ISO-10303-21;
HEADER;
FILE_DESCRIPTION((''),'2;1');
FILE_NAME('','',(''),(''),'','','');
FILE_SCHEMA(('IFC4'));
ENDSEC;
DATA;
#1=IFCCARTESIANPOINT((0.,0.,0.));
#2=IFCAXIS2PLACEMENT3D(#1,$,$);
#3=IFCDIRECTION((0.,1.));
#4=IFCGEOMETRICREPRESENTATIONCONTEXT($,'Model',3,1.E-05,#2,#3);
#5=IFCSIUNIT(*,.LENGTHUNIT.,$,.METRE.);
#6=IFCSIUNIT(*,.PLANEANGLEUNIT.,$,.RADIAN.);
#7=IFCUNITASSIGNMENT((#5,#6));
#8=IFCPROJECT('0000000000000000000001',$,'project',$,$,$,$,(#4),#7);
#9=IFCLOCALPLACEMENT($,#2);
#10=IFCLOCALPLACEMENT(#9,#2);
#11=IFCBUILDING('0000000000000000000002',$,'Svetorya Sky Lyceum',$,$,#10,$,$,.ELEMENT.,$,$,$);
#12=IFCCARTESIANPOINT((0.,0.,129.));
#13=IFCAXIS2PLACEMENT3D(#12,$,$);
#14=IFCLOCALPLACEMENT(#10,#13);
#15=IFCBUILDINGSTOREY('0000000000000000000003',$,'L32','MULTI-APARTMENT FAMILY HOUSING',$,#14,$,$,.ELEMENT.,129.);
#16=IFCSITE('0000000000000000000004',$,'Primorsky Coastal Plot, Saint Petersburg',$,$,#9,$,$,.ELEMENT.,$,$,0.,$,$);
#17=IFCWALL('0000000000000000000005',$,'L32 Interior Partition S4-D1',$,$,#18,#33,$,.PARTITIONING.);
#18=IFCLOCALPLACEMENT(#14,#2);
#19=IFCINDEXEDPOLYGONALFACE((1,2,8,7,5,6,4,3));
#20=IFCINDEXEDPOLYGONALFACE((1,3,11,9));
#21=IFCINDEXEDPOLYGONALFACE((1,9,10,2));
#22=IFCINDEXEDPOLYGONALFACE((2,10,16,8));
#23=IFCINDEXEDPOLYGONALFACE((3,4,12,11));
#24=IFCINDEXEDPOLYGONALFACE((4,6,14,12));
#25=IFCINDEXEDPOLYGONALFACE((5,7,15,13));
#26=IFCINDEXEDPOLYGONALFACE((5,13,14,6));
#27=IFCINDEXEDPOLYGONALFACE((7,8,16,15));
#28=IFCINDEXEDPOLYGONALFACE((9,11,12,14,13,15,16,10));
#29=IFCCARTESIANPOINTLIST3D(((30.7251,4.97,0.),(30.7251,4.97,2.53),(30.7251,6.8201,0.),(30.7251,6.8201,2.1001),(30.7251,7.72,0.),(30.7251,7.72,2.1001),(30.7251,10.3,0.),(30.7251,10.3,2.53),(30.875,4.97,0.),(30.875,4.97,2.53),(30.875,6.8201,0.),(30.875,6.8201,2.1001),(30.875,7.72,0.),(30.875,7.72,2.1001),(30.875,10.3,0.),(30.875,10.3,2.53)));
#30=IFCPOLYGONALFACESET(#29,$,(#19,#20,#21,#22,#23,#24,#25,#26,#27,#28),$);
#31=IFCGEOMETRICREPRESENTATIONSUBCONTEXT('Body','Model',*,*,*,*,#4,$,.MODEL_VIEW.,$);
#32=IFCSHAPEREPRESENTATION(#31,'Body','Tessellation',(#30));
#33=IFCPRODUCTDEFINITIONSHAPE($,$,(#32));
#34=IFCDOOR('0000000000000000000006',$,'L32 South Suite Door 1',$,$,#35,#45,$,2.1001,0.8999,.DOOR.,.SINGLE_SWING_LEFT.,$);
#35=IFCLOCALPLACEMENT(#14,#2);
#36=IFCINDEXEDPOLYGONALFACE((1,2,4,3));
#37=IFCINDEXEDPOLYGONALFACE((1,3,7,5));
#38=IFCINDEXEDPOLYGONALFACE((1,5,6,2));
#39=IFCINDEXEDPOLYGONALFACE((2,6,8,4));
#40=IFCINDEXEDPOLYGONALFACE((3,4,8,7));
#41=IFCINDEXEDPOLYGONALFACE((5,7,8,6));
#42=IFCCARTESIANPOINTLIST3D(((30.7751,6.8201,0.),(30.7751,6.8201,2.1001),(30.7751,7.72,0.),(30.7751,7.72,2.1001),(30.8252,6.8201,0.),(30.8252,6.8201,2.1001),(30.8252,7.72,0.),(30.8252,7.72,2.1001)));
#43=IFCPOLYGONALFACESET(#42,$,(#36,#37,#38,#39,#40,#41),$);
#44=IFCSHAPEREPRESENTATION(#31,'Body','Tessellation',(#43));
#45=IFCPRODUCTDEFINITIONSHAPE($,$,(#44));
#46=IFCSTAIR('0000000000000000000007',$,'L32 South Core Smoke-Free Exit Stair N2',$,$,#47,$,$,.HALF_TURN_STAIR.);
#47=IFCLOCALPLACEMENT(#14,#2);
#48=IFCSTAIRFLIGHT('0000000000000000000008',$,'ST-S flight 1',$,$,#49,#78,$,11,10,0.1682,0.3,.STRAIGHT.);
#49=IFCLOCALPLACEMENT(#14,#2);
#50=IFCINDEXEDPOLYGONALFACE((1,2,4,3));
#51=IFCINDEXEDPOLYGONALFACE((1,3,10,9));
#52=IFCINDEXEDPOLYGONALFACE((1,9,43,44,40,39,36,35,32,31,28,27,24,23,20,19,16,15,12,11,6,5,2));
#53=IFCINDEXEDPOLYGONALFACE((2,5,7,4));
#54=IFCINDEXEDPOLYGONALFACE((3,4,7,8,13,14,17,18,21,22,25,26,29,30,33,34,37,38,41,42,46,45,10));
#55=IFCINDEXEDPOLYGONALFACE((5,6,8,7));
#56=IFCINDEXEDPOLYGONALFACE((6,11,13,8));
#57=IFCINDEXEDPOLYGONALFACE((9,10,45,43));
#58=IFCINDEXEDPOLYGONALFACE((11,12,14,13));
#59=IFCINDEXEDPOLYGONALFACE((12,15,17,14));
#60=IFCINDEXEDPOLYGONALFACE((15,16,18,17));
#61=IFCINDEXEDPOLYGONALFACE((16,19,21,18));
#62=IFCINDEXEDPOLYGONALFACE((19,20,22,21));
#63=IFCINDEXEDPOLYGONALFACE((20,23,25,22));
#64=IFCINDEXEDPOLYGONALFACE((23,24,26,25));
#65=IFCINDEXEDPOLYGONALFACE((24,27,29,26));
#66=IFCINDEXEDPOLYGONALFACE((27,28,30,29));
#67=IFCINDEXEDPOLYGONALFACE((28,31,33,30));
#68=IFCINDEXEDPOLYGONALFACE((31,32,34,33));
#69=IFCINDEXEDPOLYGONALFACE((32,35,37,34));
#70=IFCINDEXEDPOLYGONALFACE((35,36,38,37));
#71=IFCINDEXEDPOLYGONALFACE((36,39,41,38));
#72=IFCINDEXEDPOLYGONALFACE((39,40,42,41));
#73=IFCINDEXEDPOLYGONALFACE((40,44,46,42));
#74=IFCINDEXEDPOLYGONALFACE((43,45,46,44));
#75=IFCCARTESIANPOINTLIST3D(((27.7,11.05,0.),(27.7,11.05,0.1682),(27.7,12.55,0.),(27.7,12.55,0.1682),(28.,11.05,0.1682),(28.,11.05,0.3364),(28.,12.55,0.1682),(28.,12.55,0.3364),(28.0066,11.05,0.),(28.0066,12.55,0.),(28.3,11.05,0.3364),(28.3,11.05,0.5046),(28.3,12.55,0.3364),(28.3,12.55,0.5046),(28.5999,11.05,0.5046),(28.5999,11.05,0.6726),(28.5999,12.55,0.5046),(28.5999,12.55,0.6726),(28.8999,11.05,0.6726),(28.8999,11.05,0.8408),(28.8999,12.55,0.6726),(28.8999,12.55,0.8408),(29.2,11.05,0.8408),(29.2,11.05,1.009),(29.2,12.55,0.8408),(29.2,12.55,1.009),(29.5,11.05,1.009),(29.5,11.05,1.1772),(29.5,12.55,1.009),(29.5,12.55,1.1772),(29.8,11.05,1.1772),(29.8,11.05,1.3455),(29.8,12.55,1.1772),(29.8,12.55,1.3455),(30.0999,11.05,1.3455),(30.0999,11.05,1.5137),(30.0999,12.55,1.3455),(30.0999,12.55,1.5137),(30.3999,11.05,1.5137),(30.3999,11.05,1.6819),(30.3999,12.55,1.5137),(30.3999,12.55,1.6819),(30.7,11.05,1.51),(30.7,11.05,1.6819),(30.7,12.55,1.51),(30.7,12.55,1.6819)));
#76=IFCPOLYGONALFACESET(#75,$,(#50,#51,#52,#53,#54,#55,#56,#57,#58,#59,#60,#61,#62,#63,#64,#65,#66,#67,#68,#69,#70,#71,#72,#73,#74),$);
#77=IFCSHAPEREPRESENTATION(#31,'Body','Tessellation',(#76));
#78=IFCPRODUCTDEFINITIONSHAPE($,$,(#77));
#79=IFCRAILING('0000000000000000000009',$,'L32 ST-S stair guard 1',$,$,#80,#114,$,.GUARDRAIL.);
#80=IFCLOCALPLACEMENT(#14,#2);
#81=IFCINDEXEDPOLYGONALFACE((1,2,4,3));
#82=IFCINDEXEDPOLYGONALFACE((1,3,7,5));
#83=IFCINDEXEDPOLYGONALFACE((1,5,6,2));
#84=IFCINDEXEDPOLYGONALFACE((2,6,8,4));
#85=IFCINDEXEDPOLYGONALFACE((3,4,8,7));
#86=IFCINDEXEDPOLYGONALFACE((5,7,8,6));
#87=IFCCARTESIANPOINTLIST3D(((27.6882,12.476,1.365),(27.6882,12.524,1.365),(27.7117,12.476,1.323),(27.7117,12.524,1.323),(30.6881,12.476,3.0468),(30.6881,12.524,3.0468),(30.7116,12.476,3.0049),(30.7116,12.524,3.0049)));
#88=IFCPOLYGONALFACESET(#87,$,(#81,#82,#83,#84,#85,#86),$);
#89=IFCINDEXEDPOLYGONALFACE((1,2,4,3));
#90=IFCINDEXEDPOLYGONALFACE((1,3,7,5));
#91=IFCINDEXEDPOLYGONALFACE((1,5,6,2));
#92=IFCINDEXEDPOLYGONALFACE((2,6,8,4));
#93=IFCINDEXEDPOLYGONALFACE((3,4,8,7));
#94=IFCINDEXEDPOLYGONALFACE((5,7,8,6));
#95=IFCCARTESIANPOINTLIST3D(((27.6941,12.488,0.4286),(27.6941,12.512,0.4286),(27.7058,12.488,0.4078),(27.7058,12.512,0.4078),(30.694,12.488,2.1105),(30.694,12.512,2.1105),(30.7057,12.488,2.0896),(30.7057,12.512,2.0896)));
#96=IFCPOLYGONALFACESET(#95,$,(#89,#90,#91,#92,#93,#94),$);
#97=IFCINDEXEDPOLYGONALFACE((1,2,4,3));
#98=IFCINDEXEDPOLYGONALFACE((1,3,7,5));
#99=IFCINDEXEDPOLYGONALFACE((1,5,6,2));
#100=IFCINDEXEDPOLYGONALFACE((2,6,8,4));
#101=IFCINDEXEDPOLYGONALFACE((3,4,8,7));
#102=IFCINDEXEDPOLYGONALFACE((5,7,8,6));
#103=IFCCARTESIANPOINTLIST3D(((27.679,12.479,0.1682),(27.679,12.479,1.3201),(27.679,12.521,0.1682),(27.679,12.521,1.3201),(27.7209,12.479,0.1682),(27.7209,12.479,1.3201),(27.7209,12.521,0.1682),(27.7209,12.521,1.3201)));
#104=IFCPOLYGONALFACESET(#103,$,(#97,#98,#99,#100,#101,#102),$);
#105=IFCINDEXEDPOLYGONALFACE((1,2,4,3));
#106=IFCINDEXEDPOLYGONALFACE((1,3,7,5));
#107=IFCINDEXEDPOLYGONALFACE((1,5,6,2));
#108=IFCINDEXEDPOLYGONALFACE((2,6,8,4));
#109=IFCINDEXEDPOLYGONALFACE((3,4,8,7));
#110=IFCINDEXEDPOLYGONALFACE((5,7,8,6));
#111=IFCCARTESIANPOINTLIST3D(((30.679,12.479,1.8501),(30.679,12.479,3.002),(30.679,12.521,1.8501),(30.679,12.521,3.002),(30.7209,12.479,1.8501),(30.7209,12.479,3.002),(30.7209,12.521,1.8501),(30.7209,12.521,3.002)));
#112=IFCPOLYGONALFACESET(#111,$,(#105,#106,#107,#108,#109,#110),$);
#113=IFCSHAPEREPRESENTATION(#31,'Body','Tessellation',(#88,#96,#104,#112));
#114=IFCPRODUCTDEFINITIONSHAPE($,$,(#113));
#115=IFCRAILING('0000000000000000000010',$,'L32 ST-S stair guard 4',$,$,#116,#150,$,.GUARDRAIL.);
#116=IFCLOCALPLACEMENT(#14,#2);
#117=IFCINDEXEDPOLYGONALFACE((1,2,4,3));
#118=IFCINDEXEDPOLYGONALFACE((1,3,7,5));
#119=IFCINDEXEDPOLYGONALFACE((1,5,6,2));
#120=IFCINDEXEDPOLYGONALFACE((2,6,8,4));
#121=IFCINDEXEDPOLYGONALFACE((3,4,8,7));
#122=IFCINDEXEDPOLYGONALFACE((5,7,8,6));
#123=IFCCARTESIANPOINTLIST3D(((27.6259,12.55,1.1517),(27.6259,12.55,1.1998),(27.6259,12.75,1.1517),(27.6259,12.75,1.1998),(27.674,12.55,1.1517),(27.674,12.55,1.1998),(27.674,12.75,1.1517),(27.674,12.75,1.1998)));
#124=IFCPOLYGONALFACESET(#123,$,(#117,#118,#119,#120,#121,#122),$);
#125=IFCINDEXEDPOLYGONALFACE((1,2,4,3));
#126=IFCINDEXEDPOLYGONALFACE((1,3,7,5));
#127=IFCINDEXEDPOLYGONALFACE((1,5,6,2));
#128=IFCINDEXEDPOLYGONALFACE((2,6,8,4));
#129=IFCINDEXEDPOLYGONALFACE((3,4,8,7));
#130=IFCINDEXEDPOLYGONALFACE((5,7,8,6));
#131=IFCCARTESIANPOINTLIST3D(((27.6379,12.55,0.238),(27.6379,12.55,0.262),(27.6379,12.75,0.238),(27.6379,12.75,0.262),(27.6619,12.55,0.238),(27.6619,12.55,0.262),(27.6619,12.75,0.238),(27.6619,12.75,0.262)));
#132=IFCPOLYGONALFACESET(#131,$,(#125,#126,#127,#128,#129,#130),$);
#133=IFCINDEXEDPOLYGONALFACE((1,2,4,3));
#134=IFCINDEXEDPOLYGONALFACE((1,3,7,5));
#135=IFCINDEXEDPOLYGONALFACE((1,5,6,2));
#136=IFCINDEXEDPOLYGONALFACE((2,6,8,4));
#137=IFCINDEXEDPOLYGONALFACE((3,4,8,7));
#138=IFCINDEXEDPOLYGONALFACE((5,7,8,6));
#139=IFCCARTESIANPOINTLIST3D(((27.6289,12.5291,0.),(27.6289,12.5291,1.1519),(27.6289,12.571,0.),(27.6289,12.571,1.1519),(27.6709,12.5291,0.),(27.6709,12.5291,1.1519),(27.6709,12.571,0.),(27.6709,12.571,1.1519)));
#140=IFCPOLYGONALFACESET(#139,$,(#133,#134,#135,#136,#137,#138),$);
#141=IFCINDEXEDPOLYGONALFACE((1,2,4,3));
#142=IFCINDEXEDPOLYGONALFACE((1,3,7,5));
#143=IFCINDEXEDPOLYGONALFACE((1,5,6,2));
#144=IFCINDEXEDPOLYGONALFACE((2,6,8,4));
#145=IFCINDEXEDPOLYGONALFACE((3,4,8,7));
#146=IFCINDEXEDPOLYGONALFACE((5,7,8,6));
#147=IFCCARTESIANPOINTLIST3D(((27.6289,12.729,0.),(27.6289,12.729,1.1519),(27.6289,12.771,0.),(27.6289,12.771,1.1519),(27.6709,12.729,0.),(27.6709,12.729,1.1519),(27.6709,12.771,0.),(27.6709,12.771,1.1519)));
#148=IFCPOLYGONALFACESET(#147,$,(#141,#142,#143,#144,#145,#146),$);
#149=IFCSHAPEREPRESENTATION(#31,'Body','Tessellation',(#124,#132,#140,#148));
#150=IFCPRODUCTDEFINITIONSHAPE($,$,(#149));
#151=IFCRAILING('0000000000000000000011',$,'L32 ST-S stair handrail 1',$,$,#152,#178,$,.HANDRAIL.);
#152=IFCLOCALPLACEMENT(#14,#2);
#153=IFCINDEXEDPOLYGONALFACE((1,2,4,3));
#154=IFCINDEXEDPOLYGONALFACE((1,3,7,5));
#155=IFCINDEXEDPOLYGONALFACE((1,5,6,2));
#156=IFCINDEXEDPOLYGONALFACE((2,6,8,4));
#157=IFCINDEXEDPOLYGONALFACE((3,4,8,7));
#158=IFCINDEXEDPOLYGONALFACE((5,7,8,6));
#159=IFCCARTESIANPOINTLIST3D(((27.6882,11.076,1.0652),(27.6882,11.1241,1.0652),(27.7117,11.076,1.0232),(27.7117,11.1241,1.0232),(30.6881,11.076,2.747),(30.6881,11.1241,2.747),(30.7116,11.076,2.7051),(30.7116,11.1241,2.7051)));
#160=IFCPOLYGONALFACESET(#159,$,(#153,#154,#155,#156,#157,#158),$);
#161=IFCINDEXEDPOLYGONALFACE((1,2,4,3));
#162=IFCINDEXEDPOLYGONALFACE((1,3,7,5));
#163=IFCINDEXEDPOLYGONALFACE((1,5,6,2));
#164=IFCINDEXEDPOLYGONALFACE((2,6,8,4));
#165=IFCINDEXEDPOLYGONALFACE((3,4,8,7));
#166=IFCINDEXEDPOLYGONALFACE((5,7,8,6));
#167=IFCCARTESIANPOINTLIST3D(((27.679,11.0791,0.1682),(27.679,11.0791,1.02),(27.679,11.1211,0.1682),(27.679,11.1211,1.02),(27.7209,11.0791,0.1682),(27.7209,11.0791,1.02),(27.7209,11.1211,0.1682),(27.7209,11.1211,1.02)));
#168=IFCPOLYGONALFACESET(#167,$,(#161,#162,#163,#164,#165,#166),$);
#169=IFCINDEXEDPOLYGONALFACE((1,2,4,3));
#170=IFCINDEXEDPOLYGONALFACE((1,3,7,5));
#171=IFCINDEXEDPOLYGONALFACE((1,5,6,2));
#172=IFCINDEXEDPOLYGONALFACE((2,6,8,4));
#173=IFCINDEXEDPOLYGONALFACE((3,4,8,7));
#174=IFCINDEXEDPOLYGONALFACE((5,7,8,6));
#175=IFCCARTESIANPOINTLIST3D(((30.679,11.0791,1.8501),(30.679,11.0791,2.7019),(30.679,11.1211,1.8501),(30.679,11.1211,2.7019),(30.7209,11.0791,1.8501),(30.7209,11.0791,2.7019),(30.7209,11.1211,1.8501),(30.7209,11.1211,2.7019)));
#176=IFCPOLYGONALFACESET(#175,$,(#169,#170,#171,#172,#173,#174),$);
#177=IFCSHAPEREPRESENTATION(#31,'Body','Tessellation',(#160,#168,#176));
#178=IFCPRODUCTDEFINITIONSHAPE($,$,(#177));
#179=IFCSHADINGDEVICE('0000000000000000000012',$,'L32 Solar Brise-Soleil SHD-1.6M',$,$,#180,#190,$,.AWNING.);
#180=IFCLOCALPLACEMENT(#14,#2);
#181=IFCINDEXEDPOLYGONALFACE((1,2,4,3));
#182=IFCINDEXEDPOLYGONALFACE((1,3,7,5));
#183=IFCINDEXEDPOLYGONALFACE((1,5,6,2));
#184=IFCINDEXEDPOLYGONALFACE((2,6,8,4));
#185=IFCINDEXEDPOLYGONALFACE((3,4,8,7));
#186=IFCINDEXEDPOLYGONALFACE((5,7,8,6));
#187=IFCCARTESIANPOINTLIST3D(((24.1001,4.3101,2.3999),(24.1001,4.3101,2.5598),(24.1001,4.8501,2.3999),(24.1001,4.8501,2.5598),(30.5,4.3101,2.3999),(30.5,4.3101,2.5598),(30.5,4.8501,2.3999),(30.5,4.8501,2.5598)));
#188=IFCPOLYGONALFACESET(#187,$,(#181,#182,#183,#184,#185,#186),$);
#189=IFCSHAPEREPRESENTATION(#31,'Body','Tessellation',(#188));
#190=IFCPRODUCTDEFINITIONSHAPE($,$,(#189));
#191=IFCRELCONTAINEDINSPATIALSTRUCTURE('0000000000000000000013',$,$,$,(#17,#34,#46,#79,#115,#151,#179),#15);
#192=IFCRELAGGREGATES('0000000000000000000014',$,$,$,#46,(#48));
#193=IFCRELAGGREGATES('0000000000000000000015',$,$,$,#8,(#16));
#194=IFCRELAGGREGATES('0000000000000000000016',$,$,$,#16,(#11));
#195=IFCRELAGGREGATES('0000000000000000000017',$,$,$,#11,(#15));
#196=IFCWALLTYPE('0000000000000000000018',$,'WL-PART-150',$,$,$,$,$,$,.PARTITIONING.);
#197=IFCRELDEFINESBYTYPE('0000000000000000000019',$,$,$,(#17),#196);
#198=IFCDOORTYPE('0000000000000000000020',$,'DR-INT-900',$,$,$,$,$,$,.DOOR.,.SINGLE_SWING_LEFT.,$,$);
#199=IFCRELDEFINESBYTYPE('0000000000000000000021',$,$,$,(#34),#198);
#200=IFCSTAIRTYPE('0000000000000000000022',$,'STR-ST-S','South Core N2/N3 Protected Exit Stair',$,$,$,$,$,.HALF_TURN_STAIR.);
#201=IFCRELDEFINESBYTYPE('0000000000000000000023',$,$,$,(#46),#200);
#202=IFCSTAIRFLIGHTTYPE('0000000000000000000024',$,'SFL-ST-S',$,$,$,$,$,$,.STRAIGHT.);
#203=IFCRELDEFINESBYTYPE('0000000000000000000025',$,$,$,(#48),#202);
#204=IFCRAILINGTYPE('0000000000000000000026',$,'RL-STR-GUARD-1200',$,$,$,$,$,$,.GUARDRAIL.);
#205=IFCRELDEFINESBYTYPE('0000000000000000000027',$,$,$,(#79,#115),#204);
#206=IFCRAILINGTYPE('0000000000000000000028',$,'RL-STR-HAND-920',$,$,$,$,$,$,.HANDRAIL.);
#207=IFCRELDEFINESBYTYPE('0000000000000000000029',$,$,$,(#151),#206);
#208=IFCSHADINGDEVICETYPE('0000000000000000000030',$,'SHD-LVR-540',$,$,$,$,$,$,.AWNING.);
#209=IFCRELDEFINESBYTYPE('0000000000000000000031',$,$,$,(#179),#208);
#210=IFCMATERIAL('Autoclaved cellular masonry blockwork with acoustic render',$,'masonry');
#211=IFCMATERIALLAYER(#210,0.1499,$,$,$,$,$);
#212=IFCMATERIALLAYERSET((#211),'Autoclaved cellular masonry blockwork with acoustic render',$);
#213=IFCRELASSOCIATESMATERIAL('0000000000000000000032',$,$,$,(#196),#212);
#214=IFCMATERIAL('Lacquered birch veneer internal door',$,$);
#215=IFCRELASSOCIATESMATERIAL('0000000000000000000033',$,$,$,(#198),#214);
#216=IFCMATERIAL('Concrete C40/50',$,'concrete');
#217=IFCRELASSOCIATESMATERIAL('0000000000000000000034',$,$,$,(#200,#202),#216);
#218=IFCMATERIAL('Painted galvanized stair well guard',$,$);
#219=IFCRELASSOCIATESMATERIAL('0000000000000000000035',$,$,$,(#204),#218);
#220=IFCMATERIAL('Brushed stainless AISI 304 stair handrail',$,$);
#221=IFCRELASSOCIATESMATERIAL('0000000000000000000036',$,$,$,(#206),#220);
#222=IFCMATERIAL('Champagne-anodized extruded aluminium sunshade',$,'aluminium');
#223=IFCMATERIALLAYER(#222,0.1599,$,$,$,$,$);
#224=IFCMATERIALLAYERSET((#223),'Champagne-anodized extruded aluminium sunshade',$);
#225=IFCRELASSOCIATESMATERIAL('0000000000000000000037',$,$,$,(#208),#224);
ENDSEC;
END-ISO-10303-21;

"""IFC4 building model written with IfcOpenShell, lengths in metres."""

from ifc_helpers import new_model, si_unit, direction, frame, frame_2d, origin, origin_2d, place, context, subcontext, project, spatial, polyline, rectangle, outline, extrude, material, layer, layer_set, type_object, element, fill, aggregate, save


model = new_model("IFC4")

# Units and contexts
model_context = context("Model", 3, precision=1e-05, world=origin(), true_north=direction((0.0, 1.0)))
body_context = subcontext(model_context, "Body", "Model", "MODEL_VIEW")
ifc_project = project(units=[si_unit("LENGTHUNIT", "METRE"), si_unit("PLANEANGLEUNIT", "RADIAN")], contexts=[model_context])

# Site, building, storey
site_placement = place(None, origin())
site = spatial("IfcSite", under=ifc_project, at=site_placement, Name="Primorsky Coastal Plot, Saint Petersburg", CompositionType="ELEMENT", RefElevation=0.0)
building_placement = place(site_placement, origin())
building = spatial("IfcBuilding", under=site, at=building_placement, Name="Svetorya Sky Lyceum", CompositionType="ELEMENT")
storey_placement = place(building_placement, frame((0.0, 0.0, 129.0)))
storey = spatial("IfcBuildingStorey", under=building, at=storey_placement, Name="L32", Description="MULTI-APARTMENT FAMILY HOUSING", CompositionType="ELEMENT", Elevation=129.0)

# Shared definitions
ifc_material_1 = material(Name="Concrete C40/50", Category="concrete")

# Wall, opening, door
ifc_material_2 = material(Name="Autoclaved cellular masonry blockwork with acoustic render", Category="masonry")
ifc_layer_1 = layer(ifc_material_2, 0.1499)
ifc_layer_set_1 = layer_set([ifc_layer_1], Name="Autoclaved cellular masonry blockwork with acoustic render")
wall_type_1 = type_object("IfcWallType", Name="WL-PART-150", PredefinedType="PARTITIONING", material=ifc_layer_set_1)
wall_1_placement = place(storey_placement, frame((30.8, 4.97, 0.0), z_axis=(0.0, 0.0, 1.0), x_axis=(0.0, 1.0, 0.0)))
wall_1 = element("IfcWall", 1, at=wall_1_placement, inside=storey, type_object=wall_type_1, Name="L32 Interior Partition S4-D1", PredefinedType="PARTITIONING", context=body_context, shape_type="SweptSolid", body=[
    extrude(rectangle(XDim=5.3301, YDim=0.1499, at=frame_2d((2.665, 0.0))), origin(), (0.0, 0.0, 1.0), 2.53),
])
opening_placement = place(wall_1_placement, frame((1.8501, 0.0, 0.0)))
opening = element("IfcOpeningElement", 2, at=opening_placement, cuts=wall_1, PredefinedType="OPENING", context=body_context, shape_type="SweptSolid", body=[
    extrude(rectangle(XDim=0.8999, YDim=2.1001, at=frame_2d((0.45, 1.05))), frame((0.0, 0.085, 0.0), z_axis=(0.0, -1.0, 0.0), x_axis=(1.0, 0.0, 0.0)), (0.0, 0.0, 1.0), 0.1699),
])
ifc_material_3 = material(Name="Lacquered birch veneer internal door")
door_type = type_object("IfcDoorType", Name="DR-INT-900", OperationType="SINGLE_SWING_LEFT", PredefinedType="DOOR", material=ifc_material_3)
door_placement = place(opening_placement, origin())
door = element("IfcDoor", 3, at=door_placement, inside=storey, type_object=door_type, Name="L32 South Suite Door 1", OperationType="SINGLE_SWING_LEFT", OverallHeight=2.1001, OverallWidth=0.8999, PredefinedType="DOOR", context=body_context, shape_type="SweptSolid", body=[
    extrude(rectangle(XDim=0.8999, YDim=2.1001, at=frame_2d((0.45, 1.05))), frame((0.0, 0.0249, 0.0), z_axis=(0.0, -1.0, 0.0), x_axis=(1.0, 0.0, 0.0)), (0.0, 0.0, 1.0), 0.05),
])
fill(opening, door)

# Stair, stair flight
stair_type = type_object("IfcStairType", Name="STR-ST-S", Description="South Core N2/N3 Protected Exit Stair", PredefinedType="HALF_TURN_STAIR", material=ifc_material_1)
stair_placement = place(storey_placement, origin())
stair = element("IfcStair", 4, at=stair_placement, inside=storey, type_object=stair_type, Name="L32 South Core Smoke-Free Exit Stair N2", PredefinedType="HALF_TURN_STAIR")
stair_flight_type = type_object("IfcStairFlightType", Name="SFL-ST-S", PredefinedType="STRAIGHT", material=ifc_material_1)
stair_flight_placement = place(storey_placement, frame((27.7, 11.8, 0.0), z_axis=(0.0, 0.0, 1.0), x_axis=(1.0, 0.0, 0.0)))
stair_flight = element("IfcStairFlight", 5, at=stair_flight_placement, type_object=stair_flight_type, Name="ST-S flight 1", NumberOfRisers=11, NumberOfTreads=10, PredefinedType="STRAIGHT", RiserHeight=0.1682, TreadLength=0.3, context=body_context, shape_type="SweptSolid", body=[
    extrude(outline(polyline([(0.0, 0.0), (0.0, 0.1682), (0.3, 0.1682), (0.3, 0.3364), (0.6001, 0.3364), (0.6001, 0.5046), (0.8999, 0.5046), (0.8999, 0.6726), (1.2, 0.6726), (1.2, 0.8408), (1.5, 0.8408), (1.5, 1.009), (1.8, 1.009), (1.8, 1.1772), (2.1001, 1.1772), (2.1001, 1.3455), (2.3999, 1.3455), (2.3999, 1.5137), (2.7, 1.5137), (2.7, 1.6819), (3.0, 1.6819), (3.0, 1.8501), (3.0, 1.51), (0.3066, 0.0), (0.0, 0.0)])), frame((0.0, 0.75, 0.0), z_axis=(0.0, -1.0, 0.0), x_axis=(1.0, 0.0, 0.0)), (0.0, 0.0, 1.0), 1.5),
])
aggregate(stair, [stair_flight])

# Railings
ifc_material_4 = material(Name="Painted galvanized stair well guard")
railing_type_1 = type_object("IfcRailingType", Name="RL-STR-GUARD-1200", PredefinedType="GUARDRAIL", material=ifc_material_4)
railing_1_placement = place(storey_placement, frame((27.7, 12.5, 0.1682)))
element("IfcRailing", 6, at=railing_1_placement, inside=storey, type_object=railing_type_1, Name="L32 ST-S stair guard 1", PredefinedType="GUARDRAIL", context=body_context, shape_type="SweptSolid", body=[
    extrude(rectangle(XDim=0.0481, YDim=0.0481, at=origin_2d()), frame((0.0, 0.0, 1.1758), z_axis=(0.872272, 0.0, 0.48902), x_axis=(0.0, 1.0, 0.0)), (0.0, 0.0, 1.0), 3.4392),
    extrude(rectangle(XDim=0.0239, YDim=0.0239, at=origin_2d()), frame((0.0, 0.0, 0.25), z_axis=(0.872272, 0.0, 0.48902), x_axis=(0.0, 1.0, 0.0)), (0.0, 0.0, 1.0), 3.4392),
    extrude(rectangle(XDim=0.042, YDim=0.042, at=origin_2d()), origin(), (0.0, 0.0, 1.0), 1.1519),
    extrude(rectangle(XDim=0.042, YDim=0.042, at=origin_2d()), frame((3.0, 0.0, 1.6819)), (0.0, 0.0, 1.0), 1.1519),
])
railing_2_placement = place(storey_placement, frame((27.6499, 12.55, 0.0)))
element("IfcRailing", 7, at=railing_2_placement, inside=storey, type_object=railing_type_1, Name="L32 ST-S stair guard 4", PredefinedType="GUARDRAIL", context=body_context, shape_type="SweptSolid", body=[
    extrude(rectangle(XDim=0.0481, YDim=0.0481, at=origin_2d()), frame((0.0, 0.0, 1.1758), z_axis=(0.0, 1.0, 0.0), x_axis=(-1.0, 0.0, 0.0)), (0.0, 0.0, 1.0), 0.2),
    extrude(rectangle(XDim=0.0239, YDim=0.0239, at=origin_2d()), frame((0.0, 0.0, 0.25), z_axis=(0.0, 1.0, 0.0), x_axis=(-1.0, 0.0, 0.0)), (0.0, 0.0, 1.0), 0.2),
    extrude(rectangle(XDim=0.042, YDim=0.042, at=origin_2d()), origin(), (0.0, 0.0, 1.0), 1.1519),
    extrude(rectangle(XDim=0.042, YDim=0.042, at=origin_2d()), frame((0.0, 0.2, 0.0)), (0.0, 0.0, 1.0), 1.1519),
])
ifc_material_5 = material(Name="Brushed stainless AISI 304 stair handrail")
railing_type_2 = type_object("IfcRailingType", Name="RL-STR-HAND-920", PredefinedType="HANDRAIL", material=ifc_material_5)
railing_3_placement = place(storey_placement, frame((27.7, 11.1001, 0.1682)))
element("IfcRailing", 8, at=railing_3_placement, inside=storey, type_object=railing_type_2, Name="L32 ST-S stair handrail 1", PredefinedType="HANDRAIL", context=body_context, shape_type="SweptSolid", body=[
    extrude(rectangle(XDim=0.0481, YDim=0.0481, at=origin_2d()), frame((0.0, 0.0, 0.876), z_axis=(0.872272, 0.0, 0.48902), x_axis=(0.0, 1.0, 0.0)), (0.0, 0.0, 1.0), 3.4392),
    extrude(rectangle(XDim=0.042, YDim=0.042, at=origin_2d()), origin(), (0.0, 0.0, 1.0), 0.8518),
    extrude(rectangle(XDim=0.042, YDim=0.042, at=origin_2d()), frame((3.0, 0.0, 1.6819)), (0.0, 0.0, 1.0), 0.8518),
])

# Shading device
ifc_material_6 = material(Name="Champagne-anodized extruded aluminium sunshade", Category="aluminium")
ifc_layer_2 = layer(ifc_material_6, 0.1599)
ifc_layer_set_2 = layer_set([ifc_layer_2], Name="Champagne-anodized extruded aluminium sunshade")
shading_device_type = type_object("IfcShadingDeviceType", Name="SHD-LVR-540", PredefinedType="AWNING", material=ifc_layer_set_2)
shading_device_placement = place(storey_placement, frame((27.3, 4.5801, 2.3999), z_axis=(0.0, 0.0, 1.0), x_axis=(1.0, 0.0, 0.0)))
element("IfcShadingDevice", 9, at=shading_device_placement, inside=storey, type_object=shading_device_type, Name="L32 Solar Brise-Soleil SHD-1.6M", PredefinedType="AWNING", context=body_context, shape_type="SweptSolid", body=[
    extrude(rectangle(XDim=6.3999, YDim=0.54, at=origin_2d()), origin(), (0.0, 0.0, 1.0), 0.1599),
])

save(model, "model.ifc")
